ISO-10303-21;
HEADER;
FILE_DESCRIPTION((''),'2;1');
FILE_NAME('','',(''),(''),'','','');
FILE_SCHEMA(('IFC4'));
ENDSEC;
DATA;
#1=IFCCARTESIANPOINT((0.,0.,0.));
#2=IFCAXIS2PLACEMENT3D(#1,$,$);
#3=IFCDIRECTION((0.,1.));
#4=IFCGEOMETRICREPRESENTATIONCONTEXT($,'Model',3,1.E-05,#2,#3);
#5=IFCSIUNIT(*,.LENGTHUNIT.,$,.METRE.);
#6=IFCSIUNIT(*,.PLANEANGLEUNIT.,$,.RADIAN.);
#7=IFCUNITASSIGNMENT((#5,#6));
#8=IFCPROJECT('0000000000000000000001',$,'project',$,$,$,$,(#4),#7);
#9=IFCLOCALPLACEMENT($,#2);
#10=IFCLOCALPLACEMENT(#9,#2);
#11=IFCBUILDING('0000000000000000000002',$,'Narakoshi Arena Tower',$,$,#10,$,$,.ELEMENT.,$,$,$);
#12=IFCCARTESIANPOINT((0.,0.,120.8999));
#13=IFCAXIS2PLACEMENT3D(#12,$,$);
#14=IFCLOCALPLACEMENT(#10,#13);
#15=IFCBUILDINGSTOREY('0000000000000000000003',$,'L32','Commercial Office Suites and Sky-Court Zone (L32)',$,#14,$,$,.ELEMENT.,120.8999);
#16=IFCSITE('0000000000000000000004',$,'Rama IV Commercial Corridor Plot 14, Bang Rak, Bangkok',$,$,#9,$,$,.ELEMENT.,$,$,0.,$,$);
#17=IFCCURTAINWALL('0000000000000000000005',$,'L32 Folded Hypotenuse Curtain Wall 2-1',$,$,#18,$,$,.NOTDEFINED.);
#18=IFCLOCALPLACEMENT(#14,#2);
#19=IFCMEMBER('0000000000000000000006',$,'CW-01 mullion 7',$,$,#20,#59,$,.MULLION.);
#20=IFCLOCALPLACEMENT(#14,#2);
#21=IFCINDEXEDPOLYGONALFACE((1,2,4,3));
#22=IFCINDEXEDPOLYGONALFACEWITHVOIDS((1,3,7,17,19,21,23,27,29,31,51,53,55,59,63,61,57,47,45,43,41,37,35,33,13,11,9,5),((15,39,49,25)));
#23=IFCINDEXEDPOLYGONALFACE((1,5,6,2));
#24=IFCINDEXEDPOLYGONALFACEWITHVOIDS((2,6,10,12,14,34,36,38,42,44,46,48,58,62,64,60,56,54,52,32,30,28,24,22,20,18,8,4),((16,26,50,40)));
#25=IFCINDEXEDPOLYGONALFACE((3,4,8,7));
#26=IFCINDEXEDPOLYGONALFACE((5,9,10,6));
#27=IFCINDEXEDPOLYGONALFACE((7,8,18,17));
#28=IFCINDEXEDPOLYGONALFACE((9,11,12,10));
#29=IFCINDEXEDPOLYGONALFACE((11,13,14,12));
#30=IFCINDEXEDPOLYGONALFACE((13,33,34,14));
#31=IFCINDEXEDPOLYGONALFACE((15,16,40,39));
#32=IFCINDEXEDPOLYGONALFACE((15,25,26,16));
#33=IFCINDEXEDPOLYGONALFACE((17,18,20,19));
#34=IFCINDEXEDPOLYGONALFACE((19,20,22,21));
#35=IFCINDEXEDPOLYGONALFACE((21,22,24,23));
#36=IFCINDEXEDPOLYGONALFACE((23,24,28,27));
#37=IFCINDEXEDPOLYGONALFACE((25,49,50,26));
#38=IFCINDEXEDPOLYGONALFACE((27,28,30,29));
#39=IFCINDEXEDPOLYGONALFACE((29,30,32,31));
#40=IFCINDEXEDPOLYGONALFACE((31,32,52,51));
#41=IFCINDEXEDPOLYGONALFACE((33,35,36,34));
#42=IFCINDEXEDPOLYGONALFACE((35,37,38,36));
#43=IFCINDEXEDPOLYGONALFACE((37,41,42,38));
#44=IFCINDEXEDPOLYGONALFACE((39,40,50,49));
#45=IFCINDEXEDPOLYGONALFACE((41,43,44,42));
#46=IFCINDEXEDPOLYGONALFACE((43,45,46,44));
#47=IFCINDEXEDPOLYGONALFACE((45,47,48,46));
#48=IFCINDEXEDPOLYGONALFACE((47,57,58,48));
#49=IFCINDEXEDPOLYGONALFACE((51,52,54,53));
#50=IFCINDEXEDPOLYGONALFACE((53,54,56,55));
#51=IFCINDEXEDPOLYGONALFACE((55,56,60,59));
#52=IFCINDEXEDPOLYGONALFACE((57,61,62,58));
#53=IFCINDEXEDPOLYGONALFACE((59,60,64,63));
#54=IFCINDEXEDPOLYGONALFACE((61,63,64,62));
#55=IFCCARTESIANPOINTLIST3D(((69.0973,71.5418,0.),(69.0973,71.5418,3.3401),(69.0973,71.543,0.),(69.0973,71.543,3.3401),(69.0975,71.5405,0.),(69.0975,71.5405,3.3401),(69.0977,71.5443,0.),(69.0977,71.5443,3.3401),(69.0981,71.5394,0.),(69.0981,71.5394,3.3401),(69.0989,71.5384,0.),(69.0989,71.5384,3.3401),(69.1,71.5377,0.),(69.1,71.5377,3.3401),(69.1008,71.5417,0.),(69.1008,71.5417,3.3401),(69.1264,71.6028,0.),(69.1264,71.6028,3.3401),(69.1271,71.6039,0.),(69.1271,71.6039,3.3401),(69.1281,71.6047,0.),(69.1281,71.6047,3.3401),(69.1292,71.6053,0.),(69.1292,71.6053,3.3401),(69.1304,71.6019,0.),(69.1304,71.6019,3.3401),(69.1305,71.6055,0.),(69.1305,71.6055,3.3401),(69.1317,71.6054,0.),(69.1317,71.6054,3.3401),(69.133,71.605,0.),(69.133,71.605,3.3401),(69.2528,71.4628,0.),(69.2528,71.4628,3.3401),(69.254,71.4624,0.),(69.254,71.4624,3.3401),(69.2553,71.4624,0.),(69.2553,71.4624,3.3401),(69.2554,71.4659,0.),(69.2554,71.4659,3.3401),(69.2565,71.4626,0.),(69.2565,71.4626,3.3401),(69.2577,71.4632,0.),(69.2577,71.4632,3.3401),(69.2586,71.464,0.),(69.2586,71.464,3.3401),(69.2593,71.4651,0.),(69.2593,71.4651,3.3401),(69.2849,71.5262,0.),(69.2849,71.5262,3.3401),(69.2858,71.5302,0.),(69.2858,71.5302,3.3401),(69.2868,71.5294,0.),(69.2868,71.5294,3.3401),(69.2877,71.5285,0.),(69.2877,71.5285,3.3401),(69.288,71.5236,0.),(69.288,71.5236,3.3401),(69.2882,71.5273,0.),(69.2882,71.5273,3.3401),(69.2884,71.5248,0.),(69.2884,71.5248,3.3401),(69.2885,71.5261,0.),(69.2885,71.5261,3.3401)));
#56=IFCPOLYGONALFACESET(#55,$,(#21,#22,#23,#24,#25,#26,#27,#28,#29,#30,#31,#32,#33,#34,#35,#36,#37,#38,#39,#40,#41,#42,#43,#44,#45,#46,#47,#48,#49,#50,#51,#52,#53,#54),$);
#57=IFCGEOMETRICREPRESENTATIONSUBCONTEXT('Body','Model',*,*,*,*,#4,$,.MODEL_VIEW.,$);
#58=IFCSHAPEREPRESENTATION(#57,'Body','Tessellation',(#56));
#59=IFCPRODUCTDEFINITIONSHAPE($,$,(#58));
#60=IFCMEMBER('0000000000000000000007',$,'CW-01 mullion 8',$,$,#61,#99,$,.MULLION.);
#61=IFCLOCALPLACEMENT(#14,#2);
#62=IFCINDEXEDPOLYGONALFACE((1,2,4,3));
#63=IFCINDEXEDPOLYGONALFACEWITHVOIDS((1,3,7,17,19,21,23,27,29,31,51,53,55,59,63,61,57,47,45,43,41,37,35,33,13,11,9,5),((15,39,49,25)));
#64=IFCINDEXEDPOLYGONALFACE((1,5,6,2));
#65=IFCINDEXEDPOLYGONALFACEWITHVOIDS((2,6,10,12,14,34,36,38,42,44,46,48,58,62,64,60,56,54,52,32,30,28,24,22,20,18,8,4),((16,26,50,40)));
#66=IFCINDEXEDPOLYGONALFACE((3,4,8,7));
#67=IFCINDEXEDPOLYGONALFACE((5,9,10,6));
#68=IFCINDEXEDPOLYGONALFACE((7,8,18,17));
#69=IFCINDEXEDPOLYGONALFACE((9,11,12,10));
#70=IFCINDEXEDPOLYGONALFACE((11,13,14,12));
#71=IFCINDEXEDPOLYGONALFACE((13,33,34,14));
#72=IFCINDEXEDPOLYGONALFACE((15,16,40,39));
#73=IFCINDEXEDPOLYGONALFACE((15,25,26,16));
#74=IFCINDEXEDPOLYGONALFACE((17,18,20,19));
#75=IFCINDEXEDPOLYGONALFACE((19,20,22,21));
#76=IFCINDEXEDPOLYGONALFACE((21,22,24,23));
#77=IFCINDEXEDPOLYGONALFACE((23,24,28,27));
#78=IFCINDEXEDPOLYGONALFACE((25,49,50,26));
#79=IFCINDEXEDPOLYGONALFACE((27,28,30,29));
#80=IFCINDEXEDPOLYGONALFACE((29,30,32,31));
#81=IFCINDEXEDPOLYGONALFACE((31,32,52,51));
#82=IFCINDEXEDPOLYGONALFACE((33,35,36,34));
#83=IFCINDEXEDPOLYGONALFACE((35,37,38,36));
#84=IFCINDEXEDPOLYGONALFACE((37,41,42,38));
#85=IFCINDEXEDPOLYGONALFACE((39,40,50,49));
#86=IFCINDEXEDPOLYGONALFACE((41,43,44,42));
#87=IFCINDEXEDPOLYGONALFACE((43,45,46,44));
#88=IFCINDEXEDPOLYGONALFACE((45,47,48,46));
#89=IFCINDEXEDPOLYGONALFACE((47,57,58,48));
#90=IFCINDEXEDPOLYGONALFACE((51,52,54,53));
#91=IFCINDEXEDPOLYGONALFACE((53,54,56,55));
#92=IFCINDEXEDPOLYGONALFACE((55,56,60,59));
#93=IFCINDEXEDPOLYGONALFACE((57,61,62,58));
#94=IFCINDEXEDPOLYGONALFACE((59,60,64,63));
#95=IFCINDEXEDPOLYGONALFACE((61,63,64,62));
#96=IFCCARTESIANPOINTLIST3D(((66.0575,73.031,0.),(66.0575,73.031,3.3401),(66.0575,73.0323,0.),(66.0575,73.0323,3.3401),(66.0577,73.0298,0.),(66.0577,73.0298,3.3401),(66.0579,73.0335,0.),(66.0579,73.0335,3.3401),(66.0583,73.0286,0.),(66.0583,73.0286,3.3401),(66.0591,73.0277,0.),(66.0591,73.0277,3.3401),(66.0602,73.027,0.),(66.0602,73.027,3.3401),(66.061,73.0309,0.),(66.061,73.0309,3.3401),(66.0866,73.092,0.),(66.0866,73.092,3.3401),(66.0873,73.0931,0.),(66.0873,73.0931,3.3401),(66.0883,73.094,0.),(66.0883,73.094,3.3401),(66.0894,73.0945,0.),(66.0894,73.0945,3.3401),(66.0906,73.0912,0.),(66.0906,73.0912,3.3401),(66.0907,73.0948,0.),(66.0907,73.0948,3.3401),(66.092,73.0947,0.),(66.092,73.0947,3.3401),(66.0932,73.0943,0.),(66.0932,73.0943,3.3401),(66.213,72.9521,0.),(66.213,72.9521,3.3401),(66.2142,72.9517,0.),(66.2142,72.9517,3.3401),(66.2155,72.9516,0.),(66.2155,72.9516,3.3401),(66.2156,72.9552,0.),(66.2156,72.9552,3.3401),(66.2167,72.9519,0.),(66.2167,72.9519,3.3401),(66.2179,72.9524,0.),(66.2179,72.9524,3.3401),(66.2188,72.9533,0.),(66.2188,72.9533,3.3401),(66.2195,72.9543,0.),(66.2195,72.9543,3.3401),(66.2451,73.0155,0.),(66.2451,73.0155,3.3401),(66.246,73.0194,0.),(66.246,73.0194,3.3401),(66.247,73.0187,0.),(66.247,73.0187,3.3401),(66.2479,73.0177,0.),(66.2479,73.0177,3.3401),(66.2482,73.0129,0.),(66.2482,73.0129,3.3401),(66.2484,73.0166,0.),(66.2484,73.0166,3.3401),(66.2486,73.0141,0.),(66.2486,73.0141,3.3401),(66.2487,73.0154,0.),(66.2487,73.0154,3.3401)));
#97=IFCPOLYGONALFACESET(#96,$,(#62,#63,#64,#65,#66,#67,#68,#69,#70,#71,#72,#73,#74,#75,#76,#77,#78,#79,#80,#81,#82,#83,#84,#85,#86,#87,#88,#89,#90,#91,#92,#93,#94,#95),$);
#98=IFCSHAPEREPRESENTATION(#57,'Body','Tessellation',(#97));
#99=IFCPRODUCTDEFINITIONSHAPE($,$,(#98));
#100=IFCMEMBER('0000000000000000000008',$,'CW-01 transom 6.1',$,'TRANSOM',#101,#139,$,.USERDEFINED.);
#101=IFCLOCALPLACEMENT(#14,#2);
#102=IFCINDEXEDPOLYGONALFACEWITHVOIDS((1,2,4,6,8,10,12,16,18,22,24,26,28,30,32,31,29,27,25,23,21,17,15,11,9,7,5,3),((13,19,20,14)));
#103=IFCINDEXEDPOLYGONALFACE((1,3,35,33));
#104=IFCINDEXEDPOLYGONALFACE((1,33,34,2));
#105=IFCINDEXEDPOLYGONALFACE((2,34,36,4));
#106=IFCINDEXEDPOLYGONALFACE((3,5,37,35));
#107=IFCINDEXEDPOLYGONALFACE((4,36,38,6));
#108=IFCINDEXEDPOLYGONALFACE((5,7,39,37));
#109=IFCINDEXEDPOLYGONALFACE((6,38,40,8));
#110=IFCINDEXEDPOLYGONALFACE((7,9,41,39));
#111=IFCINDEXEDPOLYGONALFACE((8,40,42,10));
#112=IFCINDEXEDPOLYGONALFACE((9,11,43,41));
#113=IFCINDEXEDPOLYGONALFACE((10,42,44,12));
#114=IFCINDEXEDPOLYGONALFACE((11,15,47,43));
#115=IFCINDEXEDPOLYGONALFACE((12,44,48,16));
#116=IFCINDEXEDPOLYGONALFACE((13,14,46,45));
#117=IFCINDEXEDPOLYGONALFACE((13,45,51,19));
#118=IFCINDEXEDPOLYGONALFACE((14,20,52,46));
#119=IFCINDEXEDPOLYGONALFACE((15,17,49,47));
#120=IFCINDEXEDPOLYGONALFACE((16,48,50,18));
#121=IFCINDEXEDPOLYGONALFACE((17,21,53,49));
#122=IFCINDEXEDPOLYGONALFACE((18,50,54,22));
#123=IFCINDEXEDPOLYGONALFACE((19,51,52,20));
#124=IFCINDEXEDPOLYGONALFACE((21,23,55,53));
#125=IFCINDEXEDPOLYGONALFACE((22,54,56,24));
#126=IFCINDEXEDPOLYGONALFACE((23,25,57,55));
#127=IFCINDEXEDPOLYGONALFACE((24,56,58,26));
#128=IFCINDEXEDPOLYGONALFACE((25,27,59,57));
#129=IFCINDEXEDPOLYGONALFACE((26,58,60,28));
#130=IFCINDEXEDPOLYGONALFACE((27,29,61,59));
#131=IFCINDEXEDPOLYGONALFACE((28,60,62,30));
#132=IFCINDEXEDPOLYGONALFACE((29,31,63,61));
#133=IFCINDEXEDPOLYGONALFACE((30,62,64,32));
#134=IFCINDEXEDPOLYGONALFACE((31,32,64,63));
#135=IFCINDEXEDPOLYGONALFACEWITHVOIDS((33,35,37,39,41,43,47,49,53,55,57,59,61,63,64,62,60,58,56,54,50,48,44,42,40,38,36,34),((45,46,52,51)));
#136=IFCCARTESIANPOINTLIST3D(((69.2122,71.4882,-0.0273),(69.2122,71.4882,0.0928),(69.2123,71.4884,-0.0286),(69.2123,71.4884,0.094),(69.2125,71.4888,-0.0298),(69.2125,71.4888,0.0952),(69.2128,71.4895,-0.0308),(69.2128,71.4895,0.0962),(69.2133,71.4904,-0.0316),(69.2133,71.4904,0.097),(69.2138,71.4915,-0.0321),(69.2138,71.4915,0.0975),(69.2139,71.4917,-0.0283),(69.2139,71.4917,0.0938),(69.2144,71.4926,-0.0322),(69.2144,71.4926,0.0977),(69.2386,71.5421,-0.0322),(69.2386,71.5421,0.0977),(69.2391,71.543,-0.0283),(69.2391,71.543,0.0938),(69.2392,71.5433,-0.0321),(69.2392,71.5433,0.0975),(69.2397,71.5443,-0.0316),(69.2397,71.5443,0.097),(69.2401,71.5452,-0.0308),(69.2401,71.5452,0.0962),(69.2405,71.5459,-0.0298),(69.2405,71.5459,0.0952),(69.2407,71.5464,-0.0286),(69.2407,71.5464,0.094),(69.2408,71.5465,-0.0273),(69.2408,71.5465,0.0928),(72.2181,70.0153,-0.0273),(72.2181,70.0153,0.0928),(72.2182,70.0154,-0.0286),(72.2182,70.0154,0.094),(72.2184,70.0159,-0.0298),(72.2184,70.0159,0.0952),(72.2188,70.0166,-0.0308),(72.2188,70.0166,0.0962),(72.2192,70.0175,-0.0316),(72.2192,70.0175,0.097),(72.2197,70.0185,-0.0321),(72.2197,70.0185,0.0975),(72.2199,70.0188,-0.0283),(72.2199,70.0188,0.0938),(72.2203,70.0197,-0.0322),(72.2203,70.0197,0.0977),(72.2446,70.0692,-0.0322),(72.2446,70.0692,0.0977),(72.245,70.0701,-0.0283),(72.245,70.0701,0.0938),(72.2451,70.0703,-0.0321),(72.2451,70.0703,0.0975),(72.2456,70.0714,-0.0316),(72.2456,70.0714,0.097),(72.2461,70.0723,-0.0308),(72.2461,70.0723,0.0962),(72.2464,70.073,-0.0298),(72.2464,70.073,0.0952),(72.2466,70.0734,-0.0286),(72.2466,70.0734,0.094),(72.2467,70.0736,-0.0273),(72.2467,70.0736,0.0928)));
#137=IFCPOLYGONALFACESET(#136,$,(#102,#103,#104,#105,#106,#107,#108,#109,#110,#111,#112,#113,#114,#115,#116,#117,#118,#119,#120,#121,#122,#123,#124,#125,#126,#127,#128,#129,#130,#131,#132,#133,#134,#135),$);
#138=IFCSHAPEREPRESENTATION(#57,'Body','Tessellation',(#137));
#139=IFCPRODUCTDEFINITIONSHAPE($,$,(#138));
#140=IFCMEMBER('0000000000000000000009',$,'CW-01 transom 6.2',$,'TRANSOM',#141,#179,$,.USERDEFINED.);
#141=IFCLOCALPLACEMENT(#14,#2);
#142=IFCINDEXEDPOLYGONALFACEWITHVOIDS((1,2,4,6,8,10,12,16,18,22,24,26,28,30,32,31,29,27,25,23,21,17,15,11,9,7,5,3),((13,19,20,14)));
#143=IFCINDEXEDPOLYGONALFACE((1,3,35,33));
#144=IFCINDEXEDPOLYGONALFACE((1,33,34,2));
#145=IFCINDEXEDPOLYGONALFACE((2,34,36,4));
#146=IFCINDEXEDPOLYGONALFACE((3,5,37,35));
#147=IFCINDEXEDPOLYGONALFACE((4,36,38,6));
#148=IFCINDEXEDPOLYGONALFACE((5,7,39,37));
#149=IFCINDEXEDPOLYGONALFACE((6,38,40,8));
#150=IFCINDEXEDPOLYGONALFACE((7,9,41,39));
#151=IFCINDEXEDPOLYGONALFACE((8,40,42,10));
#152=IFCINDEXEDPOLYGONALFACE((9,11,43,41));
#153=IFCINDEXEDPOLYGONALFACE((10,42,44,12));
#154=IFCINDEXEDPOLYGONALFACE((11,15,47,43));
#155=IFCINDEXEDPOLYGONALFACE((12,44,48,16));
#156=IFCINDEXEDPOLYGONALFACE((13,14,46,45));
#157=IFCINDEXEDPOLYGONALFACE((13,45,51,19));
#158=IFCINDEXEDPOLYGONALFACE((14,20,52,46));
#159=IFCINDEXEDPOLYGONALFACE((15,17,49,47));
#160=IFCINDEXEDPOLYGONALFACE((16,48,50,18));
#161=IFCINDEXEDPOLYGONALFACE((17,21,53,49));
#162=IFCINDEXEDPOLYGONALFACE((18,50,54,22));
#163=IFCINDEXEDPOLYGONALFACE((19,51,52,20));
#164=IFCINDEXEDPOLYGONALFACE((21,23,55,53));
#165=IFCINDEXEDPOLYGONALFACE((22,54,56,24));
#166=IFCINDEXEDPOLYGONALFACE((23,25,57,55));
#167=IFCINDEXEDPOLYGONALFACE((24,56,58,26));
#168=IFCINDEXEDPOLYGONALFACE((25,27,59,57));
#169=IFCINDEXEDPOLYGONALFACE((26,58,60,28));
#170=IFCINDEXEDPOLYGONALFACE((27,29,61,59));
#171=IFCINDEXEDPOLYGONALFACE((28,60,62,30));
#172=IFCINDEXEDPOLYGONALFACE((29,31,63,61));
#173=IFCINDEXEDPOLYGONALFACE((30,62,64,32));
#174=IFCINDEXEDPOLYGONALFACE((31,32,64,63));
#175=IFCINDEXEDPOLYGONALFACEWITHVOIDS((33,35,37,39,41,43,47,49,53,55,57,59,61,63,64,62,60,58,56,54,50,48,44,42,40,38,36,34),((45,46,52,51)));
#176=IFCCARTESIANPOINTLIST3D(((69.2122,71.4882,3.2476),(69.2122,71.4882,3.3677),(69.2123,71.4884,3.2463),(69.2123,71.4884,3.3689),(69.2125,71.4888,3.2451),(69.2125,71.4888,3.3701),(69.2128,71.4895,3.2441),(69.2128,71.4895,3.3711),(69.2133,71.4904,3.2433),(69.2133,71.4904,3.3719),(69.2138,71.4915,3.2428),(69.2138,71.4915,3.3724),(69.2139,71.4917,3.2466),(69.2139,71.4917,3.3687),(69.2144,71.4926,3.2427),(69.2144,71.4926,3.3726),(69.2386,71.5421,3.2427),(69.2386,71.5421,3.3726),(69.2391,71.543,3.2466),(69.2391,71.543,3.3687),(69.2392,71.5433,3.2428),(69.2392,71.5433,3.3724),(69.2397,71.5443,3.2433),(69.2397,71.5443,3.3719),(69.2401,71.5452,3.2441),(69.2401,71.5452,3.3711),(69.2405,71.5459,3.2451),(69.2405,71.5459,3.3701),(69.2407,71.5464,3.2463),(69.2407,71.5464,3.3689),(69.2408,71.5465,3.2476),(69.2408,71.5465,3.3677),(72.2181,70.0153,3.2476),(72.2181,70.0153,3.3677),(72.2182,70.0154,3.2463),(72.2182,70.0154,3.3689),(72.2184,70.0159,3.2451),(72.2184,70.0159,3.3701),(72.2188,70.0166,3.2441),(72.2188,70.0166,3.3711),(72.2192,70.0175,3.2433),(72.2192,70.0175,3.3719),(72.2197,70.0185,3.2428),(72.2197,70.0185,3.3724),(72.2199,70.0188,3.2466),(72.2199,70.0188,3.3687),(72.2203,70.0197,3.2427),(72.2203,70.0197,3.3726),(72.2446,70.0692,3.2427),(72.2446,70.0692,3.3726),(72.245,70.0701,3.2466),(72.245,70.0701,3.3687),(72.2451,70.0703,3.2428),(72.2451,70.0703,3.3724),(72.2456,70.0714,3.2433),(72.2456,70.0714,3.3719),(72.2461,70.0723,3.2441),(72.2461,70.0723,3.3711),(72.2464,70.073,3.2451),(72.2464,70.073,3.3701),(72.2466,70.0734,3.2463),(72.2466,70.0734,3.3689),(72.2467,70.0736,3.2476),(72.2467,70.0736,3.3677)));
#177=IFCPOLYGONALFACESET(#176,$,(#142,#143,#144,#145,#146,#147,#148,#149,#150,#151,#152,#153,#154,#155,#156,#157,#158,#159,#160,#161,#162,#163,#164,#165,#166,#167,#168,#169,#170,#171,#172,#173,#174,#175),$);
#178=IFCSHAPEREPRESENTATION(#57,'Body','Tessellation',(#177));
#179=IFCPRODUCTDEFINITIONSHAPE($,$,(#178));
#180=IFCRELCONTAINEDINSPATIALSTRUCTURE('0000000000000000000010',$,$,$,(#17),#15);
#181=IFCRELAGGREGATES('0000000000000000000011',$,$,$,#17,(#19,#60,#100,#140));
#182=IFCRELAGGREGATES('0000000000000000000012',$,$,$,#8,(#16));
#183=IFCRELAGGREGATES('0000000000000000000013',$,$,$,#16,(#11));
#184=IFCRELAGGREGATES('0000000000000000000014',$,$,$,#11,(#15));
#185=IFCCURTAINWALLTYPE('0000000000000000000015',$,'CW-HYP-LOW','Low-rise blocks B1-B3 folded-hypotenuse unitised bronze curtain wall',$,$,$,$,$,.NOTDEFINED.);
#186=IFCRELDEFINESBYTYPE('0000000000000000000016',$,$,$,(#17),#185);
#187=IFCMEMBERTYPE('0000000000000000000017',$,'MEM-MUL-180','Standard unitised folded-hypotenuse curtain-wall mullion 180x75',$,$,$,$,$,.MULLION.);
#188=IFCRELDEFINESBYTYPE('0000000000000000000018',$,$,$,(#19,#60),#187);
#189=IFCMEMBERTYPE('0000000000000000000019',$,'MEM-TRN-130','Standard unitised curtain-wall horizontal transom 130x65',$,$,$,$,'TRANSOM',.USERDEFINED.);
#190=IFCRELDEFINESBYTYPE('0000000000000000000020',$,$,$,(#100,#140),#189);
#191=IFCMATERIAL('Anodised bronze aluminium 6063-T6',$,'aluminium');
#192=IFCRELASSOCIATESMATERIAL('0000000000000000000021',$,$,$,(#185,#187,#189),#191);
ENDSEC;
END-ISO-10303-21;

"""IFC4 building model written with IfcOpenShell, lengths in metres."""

from ifc_helpers import new_model, si_unit, direction, frame, origin, origin_2d, place, context, subcontext, project, spatial, hollow_rectangle, extrude, material, material_profile, profile_set, type_object, element, aggregate, save


model = new_model("IFC4")

# Units and contexts
model_context = context("Model", 3, precision=1e-05, world=origin(), true_north=direction((0.0, 1.0)))
body_context = subcontext(model_context, "Body", "Model", "MODEL_VIEW")
ifc_project = project(units=[si_unit("LENGTHUNIT", "METRE"), si_unit("PLANEANGLEUNIT", "RADIAN")], contexts=[model_context])

# Site, building, storey
site_placement = place(None, origin())
site = spatial("IfcSite", under=ifc_project, at=site_placement, Name="Rama IV Commercial Corridor Plot 14, Bang Rak, Bangkok", CompositionType="ELEMENT", RefElevation=0.0)
building_placement = place(site_placement, origin())
building = spatial("IfcBuilding", under=site, at=building_placement, Name="Narakoshi Arena Tower", CompositionType="ELEMENT")
storey_placement = place(building_placement, frame((0.0, 0.0, 120.8999)))
storey = spatial("IfcBuildingStorey", under=building, at=storey_placement, Name="L32", Description="Commercial Office Suites and Sky-Court Zone (L32)", CompositionType="ELEMENT", Elevation=120.8999)

# Curtain wall, members
ifc_material_1 = material(Name="Anodised bronze aluminium 6063-T6", Category="aluminium")
curtain_wall_type = type_object("IfcCurtainWallType", Name="CW-HYP-LOW", Description="Low-rise blocks B1-B3 folded-hypotenuse unitised bronze curtain wall", PredefinedType="NOTDEFINED", material=ifc_material_1)
curtain_wall_placement = place(storey_placement, origin())
curtain_wall = element("IfcCurtainWall", 1, at=curtain_wall_placement, inside=storey, type_object=curtain_wall_type, Name="L32 Folded Hypotenuse Curtain Wall 2-1", PredefinedType="NOTDEFINED")
ifc_material_profile_1 = material_profile(ifc_material_1, hollow_rectangle(XDim=0.075, YDim=0.1799, WallThickness=0.0039, OuterFilletRadius=0.0049, at=origin_2d()), Name="MUL180x75x4")
ifc_profile_set_1 = profile_set([ifc_material_profile_1], Name="Anodised bronze aluminium 6063-T6")
member_type_1 = type_object("IfcMemberType", Name="MEM-MUL-180", Description="Standard unitised folded-hypotenuse curtain-wall mullion 180x75", PredefinedType="MULLION", material=ifc_profile_set_1)
member_1_placement = place(storey_placement, frame((69.1929, 71.5339, 0.0), z_axis=(0.0, 0.0, 1.0), x_axis=(-0.440005, -0.897996, 0.0)))
member_1 = element("IfcMember", 2, at=member_1_placement, type_object=member_type_1, Name="CW-01 mullion 7", PredefinedType="MULLION", context=body_context, shape_type="SweptSolid", body=[
    extrude(hollow_rectangle(XDim=0.075, YDim=0.1799, WallThickness=0.0039, OuterFilletRadius=0.0049, at=origin_2d()), origin(), (0.0, 0.0, 1.0), 3.3401),
])
member_2_placement = place(storey_placement, frame((66.1531, 73.0232, 0.0), z_axis=(0.0, 0.0, 1.0), x_axis=(-0.440005, -0.897996, 0.0)))
member_2 = element("IfcMember", 3, at=member_2_placement, type_object=member_type_1, Name="CW-01 mullion 8", PredefinedType="MULLION", context=body_context, shape_type="SweptSolid", body=[
    extrude(hollow_rectangle(XDim=0.075, YDim=0.1799, WallThickness=0.0039, OuterFilletRadius=0.0049, at=origin_2d()), origin(), (0.0, 0.0, 1.0), 3.3401),
])
ifc_material_profile_2 = material_profile(ifc_material_1, hollow_rectangle(XDim=0.0649, YDim=0.1299, WallThickness=0.0039, OuterFilletRadius=0.0049, at=origin_2d()), Name="TRN130x65x4")
ifc_profile_set_2 = profile_set([ifc_material_profile_2], Name="Anodised bronze aluminium 6063-T6")
member_type_2 = type_object("IfcMemberType", Name="MEM-TRN-130", Description="Standard unitised curtain-wall horizontal transom 130x65", ElementType="TRANSOM", PredefinedType="USERDEFINED", material=ifc_profile_set_2)
member_3_placement = place(storey_placement, frame((72.2324, 70.0444, 0.0327), z_axis=(-0.897987, 0.440022, 0.0), x_axis=(-0.440022, -0.897987, 0.0)))
member_3 = element("IfcMember", 4, at=member_3_placement, type_object=member_type_2, Name="CW-01 transom 6.1", ObjectType="TRANSOM", PredefinedType="USERDEFINED", context=body_context, shape_type="SweptSolid", body=[
    extrude(hollow_rectangle(XDim=0.0649, YDim=0.1299, WallThickness=0.0039, OuterFilletRadius=0.0049, at=origin_2d()), origin(), (0.0, 0.0, 1.0), 3.3474),
])
member_4_placement = place(storey_placement, frame((72.2324, 70.0444, 3.3076), z_axis=(-0.897987, 0.440022, 0.0), x_axis=(-0.440022, -0.897987, 0.0)))
member_4 = element("IfcMember", 5, at=member_4_placement, type_object=member_type_2, Name="CW-01 transom 6.2", ObjectType="TRANSOM", PredefinedType="USERDEFINED", context=body_context, shape_type="SweptSolid", body=[
    extrude(hollow_rectangle(XDim=0.0649, YDim=0.1299, WallThickness=0.0039, OuterFilletRadius=0.0049, at=origin_2d()), origin(), (0.0, 0.0, 1.0), 3.3474),
])
aggregate(curtain_wall, [member_1, member_2, member_3, member_4])

save(model, "model.ifc")
